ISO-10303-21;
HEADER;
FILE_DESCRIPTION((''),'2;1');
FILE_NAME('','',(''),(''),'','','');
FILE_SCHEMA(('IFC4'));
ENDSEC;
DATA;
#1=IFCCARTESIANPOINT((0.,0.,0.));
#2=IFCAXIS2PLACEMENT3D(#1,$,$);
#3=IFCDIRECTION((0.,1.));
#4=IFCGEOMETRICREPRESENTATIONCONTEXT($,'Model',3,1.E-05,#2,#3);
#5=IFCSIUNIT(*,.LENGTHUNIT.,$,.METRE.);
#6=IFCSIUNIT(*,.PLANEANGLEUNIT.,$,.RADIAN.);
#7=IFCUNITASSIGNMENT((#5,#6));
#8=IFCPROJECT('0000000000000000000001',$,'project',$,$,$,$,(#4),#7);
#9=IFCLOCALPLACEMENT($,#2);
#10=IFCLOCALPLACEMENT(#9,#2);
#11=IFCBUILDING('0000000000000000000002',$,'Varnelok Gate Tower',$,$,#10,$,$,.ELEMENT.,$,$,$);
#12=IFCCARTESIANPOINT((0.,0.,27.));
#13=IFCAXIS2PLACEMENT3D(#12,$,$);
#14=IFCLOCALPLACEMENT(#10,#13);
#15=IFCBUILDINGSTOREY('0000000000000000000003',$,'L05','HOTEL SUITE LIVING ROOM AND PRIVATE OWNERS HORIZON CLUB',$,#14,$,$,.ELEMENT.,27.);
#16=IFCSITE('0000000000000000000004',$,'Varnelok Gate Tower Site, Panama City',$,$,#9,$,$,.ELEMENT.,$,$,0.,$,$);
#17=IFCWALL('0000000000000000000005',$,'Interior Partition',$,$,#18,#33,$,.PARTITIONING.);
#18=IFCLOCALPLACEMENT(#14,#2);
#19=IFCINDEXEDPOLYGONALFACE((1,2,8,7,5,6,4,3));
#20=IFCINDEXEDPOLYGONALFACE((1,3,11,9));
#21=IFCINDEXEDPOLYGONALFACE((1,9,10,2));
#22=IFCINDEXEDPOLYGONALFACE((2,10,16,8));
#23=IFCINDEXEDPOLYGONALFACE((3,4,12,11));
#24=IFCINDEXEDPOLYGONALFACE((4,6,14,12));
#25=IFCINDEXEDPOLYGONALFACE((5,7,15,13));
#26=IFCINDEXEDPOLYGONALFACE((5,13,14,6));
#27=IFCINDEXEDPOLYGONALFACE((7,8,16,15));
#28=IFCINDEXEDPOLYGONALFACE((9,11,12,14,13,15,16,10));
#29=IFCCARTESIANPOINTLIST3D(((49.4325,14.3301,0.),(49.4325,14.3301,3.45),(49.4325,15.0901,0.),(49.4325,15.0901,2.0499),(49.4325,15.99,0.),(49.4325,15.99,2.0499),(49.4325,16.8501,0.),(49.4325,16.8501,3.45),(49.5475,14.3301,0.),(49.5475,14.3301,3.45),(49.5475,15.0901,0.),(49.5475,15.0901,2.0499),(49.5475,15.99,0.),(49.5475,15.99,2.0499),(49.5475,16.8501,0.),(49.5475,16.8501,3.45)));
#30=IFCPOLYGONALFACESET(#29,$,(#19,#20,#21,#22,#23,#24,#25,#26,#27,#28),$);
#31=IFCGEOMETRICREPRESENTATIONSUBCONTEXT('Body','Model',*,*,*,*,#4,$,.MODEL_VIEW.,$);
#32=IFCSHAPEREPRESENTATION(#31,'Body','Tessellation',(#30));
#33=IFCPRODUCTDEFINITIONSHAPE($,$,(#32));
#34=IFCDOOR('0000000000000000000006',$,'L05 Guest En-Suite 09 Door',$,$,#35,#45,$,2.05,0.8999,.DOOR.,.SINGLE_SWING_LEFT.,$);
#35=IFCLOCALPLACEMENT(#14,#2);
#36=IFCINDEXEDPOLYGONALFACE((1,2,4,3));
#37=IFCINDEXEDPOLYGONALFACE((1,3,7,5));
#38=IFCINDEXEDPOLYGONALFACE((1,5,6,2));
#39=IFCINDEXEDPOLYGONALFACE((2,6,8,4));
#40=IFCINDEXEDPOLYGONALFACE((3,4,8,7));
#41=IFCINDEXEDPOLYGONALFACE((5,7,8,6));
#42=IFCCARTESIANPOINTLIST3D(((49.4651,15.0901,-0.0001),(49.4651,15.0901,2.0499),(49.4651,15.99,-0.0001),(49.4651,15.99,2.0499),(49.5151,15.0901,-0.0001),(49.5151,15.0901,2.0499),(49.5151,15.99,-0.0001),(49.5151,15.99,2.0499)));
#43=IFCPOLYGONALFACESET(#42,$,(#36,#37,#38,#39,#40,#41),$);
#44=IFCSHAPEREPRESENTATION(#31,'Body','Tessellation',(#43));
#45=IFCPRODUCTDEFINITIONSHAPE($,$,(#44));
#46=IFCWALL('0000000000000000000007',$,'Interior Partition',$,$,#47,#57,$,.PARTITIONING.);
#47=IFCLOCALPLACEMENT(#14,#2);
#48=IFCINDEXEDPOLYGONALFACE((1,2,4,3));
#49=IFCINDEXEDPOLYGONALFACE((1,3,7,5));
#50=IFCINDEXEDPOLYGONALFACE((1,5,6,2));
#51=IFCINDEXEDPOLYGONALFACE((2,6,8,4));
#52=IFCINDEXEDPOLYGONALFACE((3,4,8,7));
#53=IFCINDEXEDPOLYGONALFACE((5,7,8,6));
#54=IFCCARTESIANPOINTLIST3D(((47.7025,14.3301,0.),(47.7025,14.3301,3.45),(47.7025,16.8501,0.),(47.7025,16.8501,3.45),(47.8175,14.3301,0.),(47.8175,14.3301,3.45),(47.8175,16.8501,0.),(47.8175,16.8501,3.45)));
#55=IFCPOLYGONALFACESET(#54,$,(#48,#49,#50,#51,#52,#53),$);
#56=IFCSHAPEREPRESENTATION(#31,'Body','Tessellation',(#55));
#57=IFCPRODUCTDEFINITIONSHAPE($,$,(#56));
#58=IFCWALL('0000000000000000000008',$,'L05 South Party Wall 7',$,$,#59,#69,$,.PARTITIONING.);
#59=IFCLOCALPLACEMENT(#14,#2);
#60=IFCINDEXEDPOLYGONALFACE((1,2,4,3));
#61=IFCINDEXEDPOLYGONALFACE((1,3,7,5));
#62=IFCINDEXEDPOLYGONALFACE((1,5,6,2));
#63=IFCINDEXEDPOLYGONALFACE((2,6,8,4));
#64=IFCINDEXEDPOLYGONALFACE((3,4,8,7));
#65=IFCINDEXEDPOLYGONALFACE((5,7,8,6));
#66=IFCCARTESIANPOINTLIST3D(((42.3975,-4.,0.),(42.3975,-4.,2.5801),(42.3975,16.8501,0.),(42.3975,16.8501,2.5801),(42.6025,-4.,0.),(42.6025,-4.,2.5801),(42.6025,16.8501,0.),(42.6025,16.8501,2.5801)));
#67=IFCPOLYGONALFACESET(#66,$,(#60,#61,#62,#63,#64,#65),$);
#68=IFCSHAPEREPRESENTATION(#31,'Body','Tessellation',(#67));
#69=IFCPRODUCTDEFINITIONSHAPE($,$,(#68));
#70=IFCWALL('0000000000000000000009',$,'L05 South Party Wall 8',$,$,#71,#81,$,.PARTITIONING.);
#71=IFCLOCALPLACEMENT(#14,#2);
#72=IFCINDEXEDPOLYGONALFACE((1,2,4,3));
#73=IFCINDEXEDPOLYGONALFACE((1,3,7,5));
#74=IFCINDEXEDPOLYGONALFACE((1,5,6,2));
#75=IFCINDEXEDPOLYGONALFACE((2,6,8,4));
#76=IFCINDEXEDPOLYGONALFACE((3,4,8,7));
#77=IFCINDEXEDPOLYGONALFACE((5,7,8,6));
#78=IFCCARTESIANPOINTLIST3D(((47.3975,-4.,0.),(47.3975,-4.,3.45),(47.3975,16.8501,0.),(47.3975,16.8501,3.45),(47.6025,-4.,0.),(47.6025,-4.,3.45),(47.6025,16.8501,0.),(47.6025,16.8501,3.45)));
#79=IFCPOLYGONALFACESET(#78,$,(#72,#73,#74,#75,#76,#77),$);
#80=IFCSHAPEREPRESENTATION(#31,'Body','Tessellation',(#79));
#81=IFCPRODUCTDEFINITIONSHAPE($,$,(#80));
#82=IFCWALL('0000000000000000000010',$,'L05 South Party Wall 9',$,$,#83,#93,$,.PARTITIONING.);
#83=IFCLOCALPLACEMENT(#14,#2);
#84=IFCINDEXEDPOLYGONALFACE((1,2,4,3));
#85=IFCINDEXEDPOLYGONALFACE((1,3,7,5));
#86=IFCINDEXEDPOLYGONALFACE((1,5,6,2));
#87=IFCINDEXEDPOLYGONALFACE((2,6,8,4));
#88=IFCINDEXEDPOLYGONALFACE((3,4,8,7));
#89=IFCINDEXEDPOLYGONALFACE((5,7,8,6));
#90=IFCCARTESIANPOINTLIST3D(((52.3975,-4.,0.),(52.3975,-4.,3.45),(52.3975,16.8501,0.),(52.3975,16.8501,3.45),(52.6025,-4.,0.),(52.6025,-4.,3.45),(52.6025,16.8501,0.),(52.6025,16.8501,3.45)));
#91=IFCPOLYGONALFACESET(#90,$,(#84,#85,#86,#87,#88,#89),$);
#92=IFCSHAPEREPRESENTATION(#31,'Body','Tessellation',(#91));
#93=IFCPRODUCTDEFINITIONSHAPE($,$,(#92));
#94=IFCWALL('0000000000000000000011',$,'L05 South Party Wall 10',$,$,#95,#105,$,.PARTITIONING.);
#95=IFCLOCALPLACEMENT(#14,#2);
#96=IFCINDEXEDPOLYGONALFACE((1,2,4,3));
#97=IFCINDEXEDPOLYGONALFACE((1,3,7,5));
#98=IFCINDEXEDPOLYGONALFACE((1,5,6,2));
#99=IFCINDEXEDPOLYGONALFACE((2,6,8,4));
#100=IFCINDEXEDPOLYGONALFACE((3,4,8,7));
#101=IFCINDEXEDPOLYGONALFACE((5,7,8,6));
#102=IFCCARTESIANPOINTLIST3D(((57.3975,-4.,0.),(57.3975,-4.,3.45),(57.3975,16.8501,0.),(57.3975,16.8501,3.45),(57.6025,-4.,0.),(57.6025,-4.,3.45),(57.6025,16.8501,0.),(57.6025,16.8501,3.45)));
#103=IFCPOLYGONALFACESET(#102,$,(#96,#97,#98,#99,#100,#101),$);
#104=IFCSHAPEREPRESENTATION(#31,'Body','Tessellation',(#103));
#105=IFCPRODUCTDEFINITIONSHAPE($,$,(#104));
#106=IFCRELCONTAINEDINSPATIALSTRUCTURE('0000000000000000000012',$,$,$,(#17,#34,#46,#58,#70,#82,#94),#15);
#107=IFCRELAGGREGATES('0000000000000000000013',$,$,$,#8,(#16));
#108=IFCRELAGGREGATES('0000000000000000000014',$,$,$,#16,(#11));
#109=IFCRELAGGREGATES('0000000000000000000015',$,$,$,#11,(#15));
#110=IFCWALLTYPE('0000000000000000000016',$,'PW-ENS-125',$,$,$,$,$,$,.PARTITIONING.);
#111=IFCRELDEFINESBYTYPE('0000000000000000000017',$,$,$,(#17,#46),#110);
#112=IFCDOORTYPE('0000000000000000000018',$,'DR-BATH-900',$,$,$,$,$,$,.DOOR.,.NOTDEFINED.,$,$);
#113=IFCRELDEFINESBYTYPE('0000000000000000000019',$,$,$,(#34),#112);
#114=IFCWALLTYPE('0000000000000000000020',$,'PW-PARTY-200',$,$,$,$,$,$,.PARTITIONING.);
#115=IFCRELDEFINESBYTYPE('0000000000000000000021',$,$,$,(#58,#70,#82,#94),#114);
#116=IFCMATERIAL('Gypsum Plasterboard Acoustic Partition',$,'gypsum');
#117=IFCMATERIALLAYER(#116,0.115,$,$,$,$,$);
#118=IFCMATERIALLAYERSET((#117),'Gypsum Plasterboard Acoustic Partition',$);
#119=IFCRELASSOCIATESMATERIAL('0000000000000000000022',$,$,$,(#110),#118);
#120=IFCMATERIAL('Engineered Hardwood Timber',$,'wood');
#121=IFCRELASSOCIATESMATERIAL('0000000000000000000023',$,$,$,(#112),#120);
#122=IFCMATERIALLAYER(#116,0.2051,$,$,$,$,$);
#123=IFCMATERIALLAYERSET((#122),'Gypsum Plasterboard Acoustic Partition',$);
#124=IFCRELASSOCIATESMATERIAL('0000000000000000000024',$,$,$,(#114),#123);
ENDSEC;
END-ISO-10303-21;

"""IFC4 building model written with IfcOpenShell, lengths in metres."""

from ifc_helpers import new_model, si_unit, direction, frame, frame_2d, origin, place, context, subcontext, project, spatial, rectangle, extrude, material, layer, layer_set, type_object, element, fill, save


model = new_model("IFC4")

# Units and contexts
model_context = context("Model", 3, precision=1e-05, world=origin(), true_north=direction((0.0, 1.0)))
body_context = subcontext(model_context, "Body", "Model", "MODEL_VIEW")
ifc_project = project(units=[si_unit("LENGTHUNIT", "METRE"), si_unit("PLANEANGLEUNIT", "RADIAN")], contexts=[model_context])

# Site, building, storey
site_placement = place(None, origin())
site = spatial("IfcSite", under=ifc_project, at=site_placement, Name="Varnelok Gate Tower Site, Panama City", CompositionType="ELEMENT", RefElevation=0.0)
building_placement = place(site_placement, origin())
building = spatial("IfcBuilding", under=site, at=building_placement, Name="Varnelok Gate Tower", CompositionType="ELEMENT")
storey_placement = place(building_placement, frame((0.0, 0.0, 27.0)))
storey = spatial("IfcBuildingStorey", under=building, at=storey_placement, Name="L05", Description="HOTEL SUITE LIVING ROOM AND PRIVATE OWNERS HORIZON CLUB", CompositionType="ELEMENT", Elevation=27.0)

# Shared definitions
ifc_material_1 = material(Name="Gypsum Plasterboard Acoustic Partition", Category="gypsum")
ifc_layer_1 = layer(ifc_material_1, 0.115)
ifc_layer_set_1 = layer_set([ifc_layer_1], Name="Gypsum Plasterboard Acoustic Partition")
wall_type_1 = type_object("IfcWallType", Name="PW-ENS-125", PredefinedType="PARTITIONING", material=ifc_layer_set_1)

# Shared definitions
ifc_material_2 = material(Name="Engineered Hardwood Timber", Category="wood")
door_type = type_object("IfcDoorType", Name="DR-BATH-900", OperationType="NOTDEFINED", PredefinedType="DOOR", material=ifc_material_2)

# Wall, opening, door
wall_1_placement = place(storey_placement, frame((49.49, 14.3301, 0.0), z_axis=(0.0, 0.0, 1.0), x_axis=(0.0, 1.0, 0.0)))
wall_1 = element("IfcWall", 1, at=wall_1_placement, inside=storey, type_object=wall_type_1, Name="Interior Partition", PredefinedType="PARTITIONING", context=body_context, shape_type="SweptSolid", body=[
    extrude(rectangle(XDim=2.52, YDim=0.115, at=frame_2d((1.26, 0.0))), origin(), (0.0, 0.0, 1.0), 3.45),
])
opening_1_placement = place(wall_1_placement, frame((0.76, 0.0, 0.0)))
opening_1 = element("IfcOpeningElement", 2, at=opening_1_placement, cuts=wall_1, PredefinedType="OPENING", context=body_context, shape_type="SweptSolid", body=[
    extrude(rectangle(XDim=0.8999, YDim=2.05, at=frame_2d((0.45, 1.0249))), frame((0.0, 0.0674, 0.0), z_axis=(0.0, -1.0, 0.0), x_axis=(1.0, 0.0, 0.0)), (0.0, 0.0, 1.0), 0.135),
])
door_1_placement = place(opening_1_placement, origin())
door_1 = element("IfcDoor", 3, at=door_1_placement, inside=storey, type_object=door_type, Name="L05 Guest En-Suite 09 Door", OperationType="SINGLE_SWING_LEFT", OverallHeight=2.05, OverallWidth=0.8999, PredefinedType="DOOR", context=body_context, shape_type="SweptSolid", body=[
    extrude(rectangle(XDim=0.8999, YDim=2.05, at=frame_2d((0.45, 1.0249))), frame((0.0, 0.0249, 0.0), z_axis=(0.0, -1.0, 0.0), x_axis=(1.0, 0.0, 0.0)), (0.0, 0.0, 1.0), 0.05),
])
fill(opening_1, door_1)

# Walls
wall_2_placement = place(storey_placement, frame((47.76, 14.3301, 0.0), z_axis=(0.0, 0.0, 1.0), x_axis=(0.0, 1.0, 0.0)))
element("IfcWall", 4, at=wall_2_placement, inside=storey, type_object=wall_type_1, Name="Interior Partition", PredefinedType="PARTITIONING", context=body_context, shape_type="SweptSolid", body=[
    extrude(rectangle(XDim=2.52, YDim=0.115, at=frame_2d((1.26, 0.0))), origin(), (0.0, 0.0, 1.0), 3.45),
])
ifc_layer_2 = layer(ifc_material_1, 0.2051)
ifc_layer_set_2 = layer_set([ifc_layer_2], Name="Gypsum Plasterboard Acoustic Partition")
wall_type_2 = type_object("IfcWallType", Name="PW-PARTY-200", PredefinedType="PARTITIONING", material=ifc_layer_set_2)
wall_3_placement = place(storey_placement, frame((42.5, -4.0, 0.0), z_axis=(0.0, 0.0, 1.0), x_axis=(0.0, 1.0, 0.0)))
element("IfcWall", 5, at=wall_3_placement, inside=storey, type_object=wall_type_2, Name="L05 South Party Wall 7", PredefinedType="PARTITIONING", context=body_context, shape_type="SweptSolid", body=[
    extrude(rectangle(XDim=20.8501, YDim=0.2051, at=frame_2d((10.425, 0.0))), origin(), (0.0, 0.0, 1.0), 2.5801),
])
for number, where, z_axis, x_axis, name in (
    (6, (47.5, -4.0, 0.0), (0.0, 0.0, 1.0), (0.0, 1.0, 0.0), "L05 South Party Wall 8"),
    (7, (52.5, -4.0, 0.0), (0.0, 0.0, 1.0), (0.0, 1.0, 0.0), "L05 South Party Wall 9"),
    (8, (57.5, -4.0, 0.0), (0.0, 0.0, 1.0), (0.0, 1.0, 0.0), "L05 South Party Wall 10"),
):
    element("IfcWall", number, at=place(storey_placement, frame(where, z_axis=z_axis, x_axis=x_axis)), inside=storey, type_object=wall_type_2, Name=name, PredefinedType="PARTITIONING", context=body_context, shape_type="SweptSolid", body=[
        extrude(rectangle(XDim=20.8501, YDim=0.2051, at=frame_2d((10.425, 0.0))), origin(), (0.0, 0.0, 1.0), 3.45),
    ])

save(model, "model.ifc")
